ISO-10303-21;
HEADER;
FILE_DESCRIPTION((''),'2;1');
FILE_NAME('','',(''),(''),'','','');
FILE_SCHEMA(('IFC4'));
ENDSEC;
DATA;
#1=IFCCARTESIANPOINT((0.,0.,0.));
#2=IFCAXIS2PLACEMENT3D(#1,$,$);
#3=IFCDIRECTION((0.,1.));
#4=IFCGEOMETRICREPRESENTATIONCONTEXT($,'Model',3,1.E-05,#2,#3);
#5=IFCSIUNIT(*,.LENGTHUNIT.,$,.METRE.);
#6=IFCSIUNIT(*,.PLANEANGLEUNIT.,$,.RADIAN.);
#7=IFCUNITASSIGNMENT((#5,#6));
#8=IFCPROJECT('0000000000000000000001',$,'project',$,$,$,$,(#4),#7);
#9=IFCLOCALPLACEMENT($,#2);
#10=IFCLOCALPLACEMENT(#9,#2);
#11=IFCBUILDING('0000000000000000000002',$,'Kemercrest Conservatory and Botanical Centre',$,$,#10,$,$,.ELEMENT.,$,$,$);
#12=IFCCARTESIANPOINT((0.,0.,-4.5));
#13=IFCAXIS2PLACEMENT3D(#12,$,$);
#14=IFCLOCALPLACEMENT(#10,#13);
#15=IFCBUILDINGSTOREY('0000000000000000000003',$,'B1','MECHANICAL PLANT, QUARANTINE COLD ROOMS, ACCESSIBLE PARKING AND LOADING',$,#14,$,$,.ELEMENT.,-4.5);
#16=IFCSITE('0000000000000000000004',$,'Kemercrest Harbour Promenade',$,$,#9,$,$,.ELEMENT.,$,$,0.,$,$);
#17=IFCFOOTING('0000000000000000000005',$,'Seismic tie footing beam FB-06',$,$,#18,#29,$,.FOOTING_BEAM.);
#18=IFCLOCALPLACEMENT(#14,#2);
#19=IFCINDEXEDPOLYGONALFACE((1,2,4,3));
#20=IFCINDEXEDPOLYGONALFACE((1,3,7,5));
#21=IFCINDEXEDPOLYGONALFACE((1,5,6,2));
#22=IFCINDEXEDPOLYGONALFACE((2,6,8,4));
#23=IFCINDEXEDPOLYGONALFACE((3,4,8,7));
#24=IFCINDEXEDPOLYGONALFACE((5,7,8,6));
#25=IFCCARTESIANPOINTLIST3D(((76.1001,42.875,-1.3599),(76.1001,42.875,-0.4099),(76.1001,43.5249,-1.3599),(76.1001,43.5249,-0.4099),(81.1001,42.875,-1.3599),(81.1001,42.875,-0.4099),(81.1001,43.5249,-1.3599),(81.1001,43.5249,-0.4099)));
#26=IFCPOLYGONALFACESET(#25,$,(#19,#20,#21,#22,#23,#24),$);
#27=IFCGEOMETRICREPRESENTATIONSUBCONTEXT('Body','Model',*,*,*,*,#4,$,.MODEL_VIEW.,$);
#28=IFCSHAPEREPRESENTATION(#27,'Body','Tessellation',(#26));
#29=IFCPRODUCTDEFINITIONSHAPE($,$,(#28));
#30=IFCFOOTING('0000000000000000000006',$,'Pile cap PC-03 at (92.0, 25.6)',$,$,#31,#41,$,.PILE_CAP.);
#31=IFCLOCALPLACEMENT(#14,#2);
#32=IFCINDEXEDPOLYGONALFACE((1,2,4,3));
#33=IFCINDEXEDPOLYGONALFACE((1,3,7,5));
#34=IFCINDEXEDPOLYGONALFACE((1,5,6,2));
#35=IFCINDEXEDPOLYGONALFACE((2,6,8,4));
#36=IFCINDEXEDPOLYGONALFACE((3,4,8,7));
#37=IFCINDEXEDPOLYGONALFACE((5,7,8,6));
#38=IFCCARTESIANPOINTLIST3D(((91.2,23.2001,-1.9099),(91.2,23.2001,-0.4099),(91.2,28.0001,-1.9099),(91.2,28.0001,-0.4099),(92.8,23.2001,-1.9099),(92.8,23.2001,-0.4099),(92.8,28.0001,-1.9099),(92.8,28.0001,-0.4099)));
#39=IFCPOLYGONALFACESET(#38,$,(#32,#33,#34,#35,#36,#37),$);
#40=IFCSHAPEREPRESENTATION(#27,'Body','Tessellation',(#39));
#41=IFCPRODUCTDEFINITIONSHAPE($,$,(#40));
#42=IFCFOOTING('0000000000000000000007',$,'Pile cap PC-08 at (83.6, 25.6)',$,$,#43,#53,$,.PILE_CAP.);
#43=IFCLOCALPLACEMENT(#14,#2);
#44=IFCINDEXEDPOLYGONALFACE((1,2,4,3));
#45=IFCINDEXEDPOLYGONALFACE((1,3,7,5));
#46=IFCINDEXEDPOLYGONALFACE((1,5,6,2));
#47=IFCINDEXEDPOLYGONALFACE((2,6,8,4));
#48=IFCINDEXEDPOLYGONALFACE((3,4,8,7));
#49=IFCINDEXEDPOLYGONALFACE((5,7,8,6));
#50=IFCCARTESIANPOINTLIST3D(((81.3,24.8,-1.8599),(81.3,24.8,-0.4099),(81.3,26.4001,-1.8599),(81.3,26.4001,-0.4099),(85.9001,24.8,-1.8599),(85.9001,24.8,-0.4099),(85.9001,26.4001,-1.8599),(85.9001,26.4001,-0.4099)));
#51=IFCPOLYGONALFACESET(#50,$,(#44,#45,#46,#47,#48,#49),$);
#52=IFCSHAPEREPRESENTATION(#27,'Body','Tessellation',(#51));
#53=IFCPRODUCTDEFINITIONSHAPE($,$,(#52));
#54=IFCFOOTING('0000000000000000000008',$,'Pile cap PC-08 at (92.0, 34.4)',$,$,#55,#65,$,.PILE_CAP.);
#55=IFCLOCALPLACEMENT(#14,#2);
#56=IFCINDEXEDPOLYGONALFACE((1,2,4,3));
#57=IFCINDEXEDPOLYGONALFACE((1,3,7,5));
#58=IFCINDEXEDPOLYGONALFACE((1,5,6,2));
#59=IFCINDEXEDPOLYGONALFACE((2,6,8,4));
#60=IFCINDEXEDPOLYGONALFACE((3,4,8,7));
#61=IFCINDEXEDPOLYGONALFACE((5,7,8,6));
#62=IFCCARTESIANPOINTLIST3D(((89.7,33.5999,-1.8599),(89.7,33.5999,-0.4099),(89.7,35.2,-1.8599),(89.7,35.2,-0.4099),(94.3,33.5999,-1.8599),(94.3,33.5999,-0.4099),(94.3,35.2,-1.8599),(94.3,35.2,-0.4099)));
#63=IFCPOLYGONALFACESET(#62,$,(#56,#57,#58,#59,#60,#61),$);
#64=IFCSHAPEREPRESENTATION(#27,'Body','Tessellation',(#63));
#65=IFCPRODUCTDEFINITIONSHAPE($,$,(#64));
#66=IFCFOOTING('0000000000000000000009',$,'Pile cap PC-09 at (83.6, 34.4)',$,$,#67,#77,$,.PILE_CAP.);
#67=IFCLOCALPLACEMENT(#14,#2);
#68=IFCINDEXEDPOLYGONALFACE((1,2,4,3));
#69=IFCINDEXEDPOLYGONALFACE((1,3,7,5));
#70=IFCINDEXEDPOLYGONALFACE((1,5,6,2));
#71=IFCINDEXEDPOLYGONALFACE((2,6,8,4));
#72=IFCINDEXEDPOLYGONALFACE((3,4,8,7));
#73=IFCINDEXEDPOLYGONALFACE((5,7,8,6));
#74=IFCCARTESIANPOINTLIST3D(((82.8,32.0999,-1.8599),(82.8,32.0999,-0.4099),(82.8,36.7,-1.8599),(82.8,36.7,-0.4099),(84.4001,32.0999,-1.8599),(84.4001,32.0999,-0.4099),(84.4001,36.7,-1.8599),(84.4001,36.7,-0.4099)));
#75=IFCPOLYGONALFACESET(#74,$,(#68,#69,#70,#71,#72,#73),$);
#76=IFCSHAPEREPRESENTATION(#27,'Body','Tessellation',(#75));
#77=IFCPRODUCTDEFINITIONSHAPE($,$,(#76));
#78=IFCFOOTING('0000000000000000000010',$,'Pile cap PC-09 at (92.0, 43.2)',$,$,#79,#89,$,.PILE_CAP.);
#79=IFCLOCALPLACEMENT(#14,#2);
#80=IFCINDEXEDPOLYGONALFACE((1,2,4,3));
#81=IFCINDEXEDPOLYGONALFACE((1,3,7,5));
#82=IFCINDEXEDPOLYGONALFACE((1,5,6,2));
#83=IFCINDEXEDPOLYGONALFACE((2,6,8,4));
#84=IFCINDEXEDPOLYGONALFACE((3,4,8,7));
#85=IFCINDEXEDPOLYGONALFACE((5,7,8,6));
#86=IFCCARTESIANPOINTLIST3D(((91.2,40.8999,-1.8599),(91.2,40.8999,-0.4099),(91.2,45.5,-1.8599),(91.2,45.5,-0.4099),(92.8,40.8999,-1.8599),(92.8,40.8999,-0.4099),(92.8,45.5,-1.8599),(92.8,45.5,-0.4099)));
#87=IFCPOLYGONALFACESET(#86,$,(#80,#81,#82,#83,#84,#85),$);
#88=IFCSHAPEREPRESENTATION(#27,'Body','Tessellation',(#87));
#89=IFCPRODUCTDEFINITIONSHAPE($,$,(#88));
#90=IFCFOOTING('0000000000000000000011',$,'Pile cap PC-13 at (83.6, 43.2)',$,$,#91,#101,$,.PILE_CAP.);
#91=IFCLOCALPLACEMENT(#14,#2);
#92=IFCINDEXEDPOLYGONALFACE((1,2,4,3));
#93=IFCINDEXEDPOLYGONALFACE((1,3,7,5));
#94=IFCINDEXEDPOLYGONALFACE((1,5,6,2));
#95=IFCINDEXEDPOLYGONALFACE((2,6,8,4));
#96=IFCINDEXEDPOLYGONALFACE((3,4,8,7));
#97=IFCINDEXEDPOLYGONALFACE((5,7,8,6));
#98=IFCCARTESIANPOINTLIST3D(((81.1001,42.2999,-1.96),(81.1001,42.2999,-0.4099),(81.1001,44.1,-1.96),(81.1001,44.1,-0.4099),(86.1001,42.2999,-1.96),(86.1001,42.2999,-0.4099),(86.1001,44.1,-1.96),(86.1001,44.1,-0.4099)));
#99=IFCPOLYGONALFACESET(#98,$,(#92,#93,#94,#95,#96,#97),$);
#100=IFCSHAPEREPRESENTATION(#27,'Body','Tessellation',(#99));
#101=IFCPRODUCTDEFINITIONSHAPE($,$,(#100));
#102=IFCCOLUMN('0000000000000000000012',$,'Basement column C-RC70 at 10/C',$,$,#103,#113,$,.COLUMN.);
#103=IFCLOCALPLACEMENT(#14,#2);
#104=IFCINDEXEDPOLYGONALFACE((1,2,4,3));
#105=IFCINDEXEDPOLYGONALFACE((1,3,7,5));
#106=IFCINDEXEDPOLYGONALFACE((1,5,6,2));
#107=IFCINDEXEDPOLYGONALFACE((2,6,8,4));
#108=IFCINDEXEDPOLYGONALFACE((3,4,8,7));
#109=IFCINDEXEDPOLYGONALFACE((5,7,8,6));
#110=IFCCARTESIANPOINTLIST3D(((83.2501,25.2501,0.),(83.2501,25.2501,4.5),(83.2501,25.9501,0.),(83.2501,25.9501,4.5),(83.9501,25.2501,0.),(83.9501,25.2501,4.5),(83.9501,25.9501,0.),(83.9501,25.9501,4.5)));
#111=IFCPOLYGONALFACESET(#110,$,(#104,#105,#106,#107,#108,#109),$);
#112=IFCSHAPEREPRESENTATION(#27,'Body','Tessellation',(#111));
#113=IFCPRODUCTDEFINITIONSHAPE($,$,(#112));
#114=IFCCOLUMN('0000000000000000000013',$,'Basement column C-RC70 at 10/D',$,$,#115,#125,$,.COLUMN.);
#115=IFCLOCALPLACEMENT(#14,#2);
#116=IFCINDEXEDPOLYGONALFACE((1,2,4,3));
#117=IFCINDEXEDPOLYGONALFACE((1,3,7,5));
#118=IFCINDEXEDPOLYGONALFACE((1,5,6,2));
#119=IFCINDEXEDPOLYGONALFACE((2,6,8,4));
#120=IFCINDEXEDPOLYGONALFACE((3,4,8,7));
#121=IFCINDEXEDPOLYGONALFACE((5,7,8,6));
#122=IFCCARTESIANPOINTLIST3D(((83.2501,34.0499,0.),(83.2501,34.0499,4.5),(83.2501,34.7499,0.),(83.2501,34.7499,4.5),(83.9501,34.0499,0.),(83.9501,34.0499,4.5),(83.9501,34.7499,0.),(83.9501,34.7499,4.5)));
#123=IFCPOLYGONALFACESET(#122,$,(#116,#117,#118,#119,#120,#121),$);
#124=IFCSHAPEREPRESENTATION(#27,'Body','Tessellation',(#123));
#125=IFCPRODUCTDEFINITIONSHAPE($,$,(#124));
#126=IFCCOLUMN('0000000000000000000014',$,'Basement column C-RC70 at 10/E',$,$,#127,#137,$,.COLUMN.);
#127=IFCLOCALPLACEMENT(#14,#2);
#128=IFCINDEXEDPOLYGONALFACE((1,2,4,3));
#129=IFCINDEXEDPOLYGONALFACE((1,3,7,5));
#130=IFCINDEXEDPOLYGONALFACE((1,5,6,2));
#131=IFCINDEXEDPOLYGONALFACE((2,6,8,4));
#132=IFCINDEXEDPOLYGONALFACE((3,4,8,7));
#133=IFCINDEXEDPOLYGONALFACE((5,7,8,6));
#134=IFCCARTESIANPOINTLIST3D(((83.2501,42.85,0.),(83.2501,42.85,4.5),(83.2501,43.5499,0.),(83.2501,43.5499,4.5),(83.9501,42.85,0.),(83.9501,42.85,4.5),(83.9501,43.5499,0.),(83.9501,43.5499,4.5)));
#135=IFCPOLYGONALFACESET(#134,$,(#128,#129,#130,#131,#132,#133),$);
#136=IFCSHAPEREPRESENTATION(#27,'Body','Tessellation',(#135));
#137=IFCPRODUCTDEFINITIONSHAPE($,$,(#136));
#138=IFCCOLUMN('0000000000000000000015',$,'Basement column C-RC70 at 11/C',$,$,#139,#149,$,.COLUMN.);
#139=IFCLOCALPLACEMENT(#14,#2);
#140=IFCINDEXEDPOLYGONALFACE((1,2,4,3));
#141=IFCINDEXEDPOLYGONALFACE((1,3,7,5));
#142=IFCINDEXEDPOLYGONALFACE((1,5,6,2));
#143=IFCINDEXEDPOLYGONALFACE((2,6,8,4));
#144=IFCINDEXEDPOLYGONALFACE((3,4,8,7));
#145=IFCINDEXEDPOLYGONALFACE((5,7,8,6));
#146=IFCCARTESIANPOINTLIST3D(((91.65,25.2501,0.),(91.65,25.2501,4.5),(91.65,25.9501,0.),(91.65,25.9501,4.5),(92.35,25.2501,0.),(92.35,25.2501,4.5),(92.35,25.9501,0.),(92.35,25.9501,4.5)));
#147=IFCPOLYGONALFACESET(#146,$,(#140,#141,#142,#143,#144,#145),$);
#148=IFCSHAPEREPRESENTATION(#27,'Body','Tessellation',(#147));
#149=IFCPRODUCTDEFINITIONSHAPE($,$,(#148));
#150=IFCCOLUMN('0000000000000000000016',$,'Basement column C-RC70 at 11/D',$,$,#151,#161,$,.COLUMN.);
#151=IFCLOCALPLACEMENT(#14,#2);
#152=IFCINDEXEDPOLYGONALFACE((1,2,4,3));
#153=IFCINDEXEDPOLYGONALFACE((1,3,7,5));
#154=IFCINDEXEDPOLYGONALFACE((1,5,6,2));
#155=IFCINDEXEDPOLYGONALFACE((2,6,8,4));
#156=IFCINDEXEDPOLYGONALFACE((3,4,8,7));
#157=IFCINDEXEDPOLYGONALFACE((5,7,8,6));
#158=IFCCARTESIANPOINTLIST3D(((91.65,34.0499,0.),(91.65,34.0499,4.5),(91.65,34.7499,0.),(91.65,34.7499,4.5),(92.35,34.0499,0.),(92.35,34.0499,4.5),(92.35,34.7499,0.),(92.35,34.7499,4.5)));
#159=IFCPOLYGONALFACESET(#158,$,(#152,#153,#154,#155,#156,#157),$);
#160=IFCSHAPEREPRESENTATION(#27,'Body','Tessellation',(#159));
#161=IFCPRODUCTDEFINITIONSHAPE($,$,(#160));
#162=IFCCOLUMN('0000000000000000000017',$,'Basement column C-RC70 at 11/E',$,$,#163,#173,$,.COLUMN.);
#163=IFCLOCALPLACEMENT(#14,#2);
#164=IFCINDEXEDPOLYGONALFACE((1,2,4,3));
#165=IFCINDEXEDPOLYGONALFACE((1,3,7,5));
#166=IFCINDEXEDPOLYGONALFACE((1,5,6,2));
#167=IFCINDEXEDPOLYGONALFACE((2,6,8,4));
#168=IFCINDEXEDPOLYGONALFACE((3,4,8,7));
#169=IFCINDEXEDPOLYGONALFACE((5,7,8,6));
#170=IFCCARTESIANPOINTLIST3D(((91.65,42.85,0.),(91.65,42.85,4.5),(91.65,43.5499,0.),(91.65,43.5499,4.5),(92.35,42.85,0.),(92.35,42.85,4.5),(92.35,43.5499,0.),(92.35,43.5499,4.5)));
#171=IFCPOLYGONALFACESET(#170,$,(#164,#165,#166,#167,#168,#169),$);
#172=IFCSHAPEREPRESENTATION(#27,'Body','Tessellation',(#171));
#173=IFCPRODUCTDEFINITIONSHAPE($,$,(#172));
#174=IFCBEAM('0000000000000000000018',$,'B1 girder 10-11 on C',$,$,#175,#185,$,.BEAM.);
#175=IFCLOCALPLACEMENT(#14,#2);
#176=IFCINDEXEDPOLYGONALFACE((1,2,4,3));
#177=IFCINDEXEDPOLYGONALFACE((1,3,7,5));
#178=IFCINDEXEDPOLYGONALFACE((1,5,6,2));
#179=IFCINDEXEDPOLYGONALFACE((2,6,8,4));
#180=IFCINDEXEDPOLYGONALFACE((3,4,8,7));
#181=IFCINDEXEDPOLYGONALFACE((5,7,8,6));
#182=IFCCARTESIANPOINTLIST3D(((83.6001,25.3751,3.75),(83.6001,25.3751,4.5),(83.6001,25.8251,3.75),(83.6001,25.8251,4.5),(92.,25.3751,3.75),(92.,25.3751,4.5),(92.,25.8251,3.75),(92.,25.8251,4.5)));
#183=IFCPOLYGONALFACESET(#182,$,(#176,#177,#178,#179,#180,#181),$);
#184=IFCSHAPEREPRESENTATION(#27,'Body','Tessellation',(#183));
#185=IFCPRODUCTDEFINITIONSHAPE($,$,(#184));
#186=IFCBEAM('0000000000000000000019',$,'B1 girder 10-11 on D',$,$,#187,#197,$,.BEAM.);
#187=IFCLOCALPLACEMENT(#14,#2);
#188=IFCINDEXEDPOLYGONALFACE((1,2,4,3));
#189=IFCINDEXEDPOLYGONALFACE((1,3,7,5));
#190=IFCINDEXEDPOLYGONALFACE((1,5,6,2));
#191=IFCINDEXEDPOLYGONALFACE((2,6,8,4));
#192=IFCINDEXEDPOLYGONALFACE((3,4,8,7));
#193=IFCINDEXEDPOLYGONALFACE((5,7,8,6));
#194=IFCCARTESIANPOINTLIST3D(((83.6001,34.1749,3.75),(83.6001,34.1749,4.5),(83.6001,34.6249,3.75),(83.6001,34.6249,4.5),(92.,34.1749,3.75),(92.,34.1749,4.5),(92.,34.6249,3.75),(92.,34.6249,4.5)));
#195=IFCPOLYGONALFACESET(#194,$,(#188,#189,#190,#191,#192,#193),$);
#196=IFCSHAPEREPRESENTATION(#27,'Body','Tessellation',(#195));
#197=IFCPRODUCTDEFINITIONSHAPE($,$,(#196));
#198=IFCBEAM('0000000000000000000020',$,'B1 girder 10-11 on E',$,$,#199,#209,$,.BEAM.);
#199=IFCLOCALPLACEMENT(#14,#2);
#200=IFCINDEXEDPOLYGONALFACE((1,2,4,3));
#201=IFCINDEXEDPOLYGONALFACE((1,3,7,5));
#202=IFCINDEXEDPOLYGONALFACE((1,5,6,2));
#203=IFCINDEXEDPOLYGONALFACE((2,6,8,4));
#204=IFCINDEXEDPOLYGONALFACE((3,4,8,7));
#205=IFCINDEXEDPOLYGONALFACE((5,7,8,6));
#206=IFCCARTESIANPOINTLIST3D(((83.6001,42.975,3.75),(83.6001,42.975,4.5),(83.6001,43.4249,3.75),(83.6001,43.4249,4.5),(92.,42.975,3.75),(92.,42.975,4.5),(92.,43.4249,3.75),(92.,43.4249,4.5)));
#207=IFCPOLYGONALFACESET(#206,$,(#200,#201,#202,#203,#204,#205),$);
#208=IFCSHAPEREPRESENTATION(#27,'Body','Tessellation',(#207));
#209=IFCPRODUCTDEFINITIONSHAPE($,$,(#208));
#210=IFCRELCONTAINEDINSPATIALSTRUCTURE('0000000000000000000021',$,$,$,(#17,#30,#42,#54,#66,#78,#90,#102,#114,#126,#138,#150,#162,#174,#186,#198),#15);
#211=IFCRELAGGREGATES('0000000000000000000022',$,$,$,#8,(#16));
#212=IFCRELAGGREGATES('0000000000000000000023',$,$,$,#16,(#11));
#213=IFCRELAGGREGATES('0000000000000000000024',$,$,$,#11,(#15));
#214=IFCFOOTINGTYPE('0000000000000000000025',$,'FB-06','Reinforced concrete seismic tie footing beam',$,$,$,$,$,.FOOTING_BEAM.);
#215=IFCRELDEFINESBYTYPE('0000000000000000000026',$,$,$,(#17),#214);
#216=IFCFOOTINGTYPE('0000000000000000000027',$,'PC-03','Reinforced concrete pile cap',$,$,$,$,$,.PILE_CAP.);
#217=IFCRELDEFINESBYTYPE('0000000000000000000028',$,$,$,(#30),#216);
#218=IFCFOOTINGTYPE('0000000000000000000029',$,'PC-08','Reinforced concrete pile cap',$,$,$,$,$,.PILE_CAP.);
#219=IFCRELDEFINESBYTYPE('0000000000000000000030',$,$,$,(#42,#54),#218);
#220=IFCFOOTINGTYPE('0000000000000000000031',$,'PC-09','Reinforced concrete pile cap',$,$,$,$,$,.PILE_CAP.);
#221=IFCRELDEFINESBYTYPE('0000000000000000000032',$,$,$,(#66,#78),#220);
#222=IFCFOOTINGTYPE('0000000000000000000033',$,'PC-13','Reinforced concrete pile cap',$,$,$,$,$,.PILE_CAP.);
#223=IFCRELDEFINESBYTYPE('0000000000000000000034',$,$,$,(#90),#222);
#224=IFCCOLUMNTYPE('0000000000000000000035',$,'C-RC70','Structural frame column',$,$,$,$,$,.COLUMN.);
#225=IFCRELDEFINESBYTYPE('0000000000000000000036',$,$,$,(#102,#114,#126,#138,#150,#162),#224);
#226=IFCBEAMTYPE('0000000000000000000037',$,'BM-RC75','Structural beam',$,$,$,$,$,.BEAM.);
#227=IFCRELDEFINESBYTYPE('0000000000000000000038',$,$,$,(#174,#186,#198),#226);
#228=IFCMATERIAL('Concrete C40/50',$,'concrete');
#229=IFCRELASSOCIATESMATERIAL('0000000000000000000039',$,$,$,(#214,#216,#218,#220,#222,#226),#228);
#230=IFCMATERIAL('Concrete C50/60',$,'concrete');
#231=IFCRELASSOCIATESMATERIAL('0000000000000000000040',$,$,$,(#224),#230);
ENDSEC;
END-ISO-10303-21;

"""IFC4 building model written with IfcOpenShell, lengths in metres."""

from ifc_helpers import new_model, si_unit, direction, frame, origin, origin_2d, place, context, subcontext, project, spatial, rectangle, extrude, material, material_profile, profile_set, type_object, element, save


model = new_model("IFC4")

# Units and contexts
model_context = context("Model", 3, precision=1e-05, world=origin(), true_north=direction((0.0, 1.0)))
body_context = subcontext(model_context, "Body", "Model", "MODEL_VIEW")
ifc_project = project(units=[si_unit("LENGTHUNIT", "METRE"), si_unit("PLANEANGLEUNIT", "RADIAN")], contexts=[model_context])

# Site, building, storey
site_placement = place(None, origin())
site = spatial("IfcSite", under=ifc_project, at=site_placement, Name="Kemercrest Harbour Promenade", CompositionType="ELEMENT", RefElevation=0.0)
building_placement = place(site_placement, origin())
building = spatial("IfcBuilding", under=site, at=building_placement, Name="Kemercrest Conservatory and Botanical Centre", CompositionType="ELEMENT")
storey_placement = place(building_placement, frame((0.0, 0.0, -4.5)))
storey = spatial("IfcBuildingStorey", under=building, at=storey_placement, Name="B1", Description="MECHANICAL PLANT, QUARANTINE COLD ROOMS, ACCESSIBLE PARKING AND LOADING", CompositionType="ELEMENT", Elevation=-4.5)

# Shared definitions
ifc_material_1 = material(Name="Concrete C40/50", Category="concrete")

# Footings
footing_type_1 = type_object("IfcFootingType", Name="FB-06", Description="Reinforced concrete seismic tie footing beam", PredefinedType="FOOTING_BEAM", material=ifc_material_1)
footing_1_placement = place(storey_placement, frame((78.6001, 43.2, -1.3599), z_axis=(0.0, 0.0, 1.0), x_axis=(1.0, 0.0, 0.0)))
element("IfcFooting", 1, at=footing_1_placement, inside=storey, type_object=footing_type_1, Name="Seismic tie footing beam FB-06", PredefinedType="FOOTING_BEAM", context=body_context, shape_type="SweptSolid", body=[
    extrude(rectangle(XDim=5.0, YDim=0.6499, at=origin_2d()), origin(), (0.0, 0.0, 1.0), 0.95),
])
footing_type_2 = type_object("IfcFootingType", Name="PC-03", Description="Reinforced concrete pile cap", PredefinedType="PILE_CAP", material=ifc_material_1)
footing_2_placement = place(storey_placement, frame((92.0, 25.6001, -1.9099), z_axis=(0.0, 0.0, 1.0), x_axis=(1.0, 0.0, 0.0)))
element("IfcFooting", 2, at=footing_2_placement, inside=storey, type_object=footing_type_2, Name="Pile cap PC-03 at (92.0, 25.6)", PredefinedType="PILE_CAP", context=body_context, shape_type="SweptSolid", body=[
    extrude(rectangle(XDim=1.6001, YDim=4.8, at=origin_2d()), origin(), (0.0, 0.0, 1.0), 1.5),
])
footing_type_3 = type_object("IfcFootingType", Name="PC-08", Description="Reinforced concrete pile cap", PredefinedType="PILE_CAP", material=ifc_material_1)
for number, where, z_axis, x_axis, name in (
    (3, (83.6001, 25.6001, -1.8599), (0.0, 0.0, 1.0), (1.0, 0.0, 0.0), "Pile cap PC-08 at (83.6, 25.6)"),
    (4, (92.0, 34.3999, -1.8599), (0.0, 0.0, 1.0), (1.0, 0.0, 0.0), "Pile cap PC-08 at (92.0, 34.4)"),
):
    element("IfcFooting", number, at=place(storey_placement, frame(where, z_axis=z_axis, x_axis=x_axis)), inside=storey, type_object=footing_type_3, Name=name, PredefinedType="PILE_CAP", context=body_context, shape_type="SweptSolid", body=[
        extrude(rectangle(XDim=4.6001, YDim=1.6001, at=origin_2d()), origin(), (0.0, 0.0, 1.0), 1.45),
    ])
footing_type_4 = type_object("IfcFootingType", Name="PC-09", Description="Reinforced concrete pile cap", PredefinedType="PILE_CAP", material=ifc_material_1)
for number, where, z_axis, x_axis, name in (
    (5, (83.6001, 34.3999, -1.8599), (0.0, 0.0, 1.0), (1.0, 0.0, 0.0), "Pile cap PC-09 at (83.6, 34.4)"),
    (6, (92.0, 43.2, -1.8599), (0.0, 0.0, 1.0), (1.0, 0.0, 0.0), "Pile cap PC-09 at (92.0, 43.2)"),
):
    element("IfcFooting", number, at=place(storey_placement, frame(where, z_axis=z_axis, x_axis=x_axis)), inside=storey, type_object=footing_type_4, Name=name, PredefinedType="PILE_CAP", context=body_context, shape_type="SweptSolid", body=[
        extrude(rectangle(XDim=1.6001, YDim=4.6001, at=origin_2d()), origin(), (0.0, 0.0, 1.0), 1.45),
    ])
footing_type_5 = type_object("IfcFootingType", Name="PC-13", Description="Reinforced concrete pile cap", PredefinedType="PILE_CAP", material=ifc_material_1)
footing_3_placement = place(storey_placement, frame((83.6001, 43.2, -1.96), z_axis=(0.0, 0.0, 1.0), x_axis=(1.0, 0.0, 0.0)))
element("IfcFooting", 7, at=footing_3_placement, inside=storey, type_object=footing_type_5, Name="Pile cap PC-13 at (83.6, 43.2)", PredefinedType="PILE_CAP", context=body_context, shape_type="SweptSolid", body=[
    extrude(rectangle(XDim=5.0, YDim=1.8, at=origin_2d()), origin(), (0.0, 0.0, 1.0), 1.55),
])

# Columns
ifc_material_2 = material(Name="Concrete C50/60", Category="concrete")
ifc_material_profile_1 = material_profile(ifc_material_2, rectangle(XDim=0.7, YDim=0.7, at=origin_2d()), Name="RC 700x700")
ifc_profile_set_1 = profile_set([ifc_material_profile_1], Name="Concrete C50/60")
column_type = type_object("IfcColumnType", Name="C-RC70", Description="Structural frame column", PredefinedType="COLUMN", material=ifc_profile_set_1)
for number, where, z_axis, x_axis, name in (
    (8, (83.6001, 25.6001, 0.0), (0.0, 0.0, 1.0), (1.0, 0.0, 0.0), "Basement column C-RC70 at 10/C"),
    (9, (83.6001, 34.3999, 0.0), (0.0, 0.0, 1.0), (1.0, 0.0, 0.0), "Basement column C-RC70 at 10/D"),
    (10, (83.6001, 43.2, 0.0), (0.0, 0.0, 1.0), (1.0, 0.0, 0.0), "Basement column C-RC70 at 10/E"),
    (11, (92.0, 25.6001, 0.0), (0.0, 0.0, 1.0), (1.0, 0.0, 0.0), "Basement column C-RC70 at 11/C"),
    (12, (92.0, 34.3999, 0.0), (0.0, 0.0, 1.0), (1.0, 0.0, 0.0), "Basement column C-RC70 at 11/D"),
    (13, (92.0, 43.2, 0.0), (0.0, 0.0, 1.0), (1.0, 0.0, 0.0), "Basement column C-RC70 at 11/E"),
):
    element("IfcColumn", number, at=place(storey_placement, frame(where, z_axis=z_axis, x_axis=x_axis)), inside=storey, type_object=column_type, Name=name, PredefinedType="COLUMN", context=body_context, shape_type="SweptSolid", body=[
        extrude(rectangle(XDim=0.7, YDim=0.7, at=origin_2d()), origin(), (0.0, 0.0, 1.0), 4.5),
    ])

# Beams
ifc_material_profile_2 = material_profile(ifc_material_1, rectangle(XDim=0.45, YDim=0.75, at=origin_2d()), Name="RC 450x750")
ifc_profile_set_2 = profile_set([ifc_material_profile_2], Name="Concrete C40/50")
beam_type = type_object("IfcBeamType", Name="BM-RC75", Description="Structural beam", PredefinedType="BEAM", material=ifc_profile_set_2)
for number, where, z_axis, x_axis, name in (
    (14, (83.6001, 25.6001, 4.125), (1.0, 0.0, 0.0), (0.0, 1.0, 0.0), "B1 girder 10-11 on C"),
    (15, (83.6001, 34.3999, 4.125), (1.0, 0.0, 0.0), (0.0, 1.0, 0.0), "B1 girder 10-11 on D"),
    (16, (83.6001, 43.2, 4.125), (1.0, 0.0, 0.0), (0.0, 1.0, 0.0), "B1 girder 10-11 on E"),
):
    element("IfcBeam", number, at=place(storey_placement, frame(where, z_axis=z_axis, x_axis=x_axis)), inside=storey, type_object=beam_type, Name=name, PredefinedType="BEAM", context=body_context, shape_type="SweptSolid", body=[
        extrude(rectangle(XDim=0.45, YDim=0.75, at=origin_2d()), origin(), (0.0, 0.0, 1.0), 8.3999),
    ])

save(model, "model.ifc")
